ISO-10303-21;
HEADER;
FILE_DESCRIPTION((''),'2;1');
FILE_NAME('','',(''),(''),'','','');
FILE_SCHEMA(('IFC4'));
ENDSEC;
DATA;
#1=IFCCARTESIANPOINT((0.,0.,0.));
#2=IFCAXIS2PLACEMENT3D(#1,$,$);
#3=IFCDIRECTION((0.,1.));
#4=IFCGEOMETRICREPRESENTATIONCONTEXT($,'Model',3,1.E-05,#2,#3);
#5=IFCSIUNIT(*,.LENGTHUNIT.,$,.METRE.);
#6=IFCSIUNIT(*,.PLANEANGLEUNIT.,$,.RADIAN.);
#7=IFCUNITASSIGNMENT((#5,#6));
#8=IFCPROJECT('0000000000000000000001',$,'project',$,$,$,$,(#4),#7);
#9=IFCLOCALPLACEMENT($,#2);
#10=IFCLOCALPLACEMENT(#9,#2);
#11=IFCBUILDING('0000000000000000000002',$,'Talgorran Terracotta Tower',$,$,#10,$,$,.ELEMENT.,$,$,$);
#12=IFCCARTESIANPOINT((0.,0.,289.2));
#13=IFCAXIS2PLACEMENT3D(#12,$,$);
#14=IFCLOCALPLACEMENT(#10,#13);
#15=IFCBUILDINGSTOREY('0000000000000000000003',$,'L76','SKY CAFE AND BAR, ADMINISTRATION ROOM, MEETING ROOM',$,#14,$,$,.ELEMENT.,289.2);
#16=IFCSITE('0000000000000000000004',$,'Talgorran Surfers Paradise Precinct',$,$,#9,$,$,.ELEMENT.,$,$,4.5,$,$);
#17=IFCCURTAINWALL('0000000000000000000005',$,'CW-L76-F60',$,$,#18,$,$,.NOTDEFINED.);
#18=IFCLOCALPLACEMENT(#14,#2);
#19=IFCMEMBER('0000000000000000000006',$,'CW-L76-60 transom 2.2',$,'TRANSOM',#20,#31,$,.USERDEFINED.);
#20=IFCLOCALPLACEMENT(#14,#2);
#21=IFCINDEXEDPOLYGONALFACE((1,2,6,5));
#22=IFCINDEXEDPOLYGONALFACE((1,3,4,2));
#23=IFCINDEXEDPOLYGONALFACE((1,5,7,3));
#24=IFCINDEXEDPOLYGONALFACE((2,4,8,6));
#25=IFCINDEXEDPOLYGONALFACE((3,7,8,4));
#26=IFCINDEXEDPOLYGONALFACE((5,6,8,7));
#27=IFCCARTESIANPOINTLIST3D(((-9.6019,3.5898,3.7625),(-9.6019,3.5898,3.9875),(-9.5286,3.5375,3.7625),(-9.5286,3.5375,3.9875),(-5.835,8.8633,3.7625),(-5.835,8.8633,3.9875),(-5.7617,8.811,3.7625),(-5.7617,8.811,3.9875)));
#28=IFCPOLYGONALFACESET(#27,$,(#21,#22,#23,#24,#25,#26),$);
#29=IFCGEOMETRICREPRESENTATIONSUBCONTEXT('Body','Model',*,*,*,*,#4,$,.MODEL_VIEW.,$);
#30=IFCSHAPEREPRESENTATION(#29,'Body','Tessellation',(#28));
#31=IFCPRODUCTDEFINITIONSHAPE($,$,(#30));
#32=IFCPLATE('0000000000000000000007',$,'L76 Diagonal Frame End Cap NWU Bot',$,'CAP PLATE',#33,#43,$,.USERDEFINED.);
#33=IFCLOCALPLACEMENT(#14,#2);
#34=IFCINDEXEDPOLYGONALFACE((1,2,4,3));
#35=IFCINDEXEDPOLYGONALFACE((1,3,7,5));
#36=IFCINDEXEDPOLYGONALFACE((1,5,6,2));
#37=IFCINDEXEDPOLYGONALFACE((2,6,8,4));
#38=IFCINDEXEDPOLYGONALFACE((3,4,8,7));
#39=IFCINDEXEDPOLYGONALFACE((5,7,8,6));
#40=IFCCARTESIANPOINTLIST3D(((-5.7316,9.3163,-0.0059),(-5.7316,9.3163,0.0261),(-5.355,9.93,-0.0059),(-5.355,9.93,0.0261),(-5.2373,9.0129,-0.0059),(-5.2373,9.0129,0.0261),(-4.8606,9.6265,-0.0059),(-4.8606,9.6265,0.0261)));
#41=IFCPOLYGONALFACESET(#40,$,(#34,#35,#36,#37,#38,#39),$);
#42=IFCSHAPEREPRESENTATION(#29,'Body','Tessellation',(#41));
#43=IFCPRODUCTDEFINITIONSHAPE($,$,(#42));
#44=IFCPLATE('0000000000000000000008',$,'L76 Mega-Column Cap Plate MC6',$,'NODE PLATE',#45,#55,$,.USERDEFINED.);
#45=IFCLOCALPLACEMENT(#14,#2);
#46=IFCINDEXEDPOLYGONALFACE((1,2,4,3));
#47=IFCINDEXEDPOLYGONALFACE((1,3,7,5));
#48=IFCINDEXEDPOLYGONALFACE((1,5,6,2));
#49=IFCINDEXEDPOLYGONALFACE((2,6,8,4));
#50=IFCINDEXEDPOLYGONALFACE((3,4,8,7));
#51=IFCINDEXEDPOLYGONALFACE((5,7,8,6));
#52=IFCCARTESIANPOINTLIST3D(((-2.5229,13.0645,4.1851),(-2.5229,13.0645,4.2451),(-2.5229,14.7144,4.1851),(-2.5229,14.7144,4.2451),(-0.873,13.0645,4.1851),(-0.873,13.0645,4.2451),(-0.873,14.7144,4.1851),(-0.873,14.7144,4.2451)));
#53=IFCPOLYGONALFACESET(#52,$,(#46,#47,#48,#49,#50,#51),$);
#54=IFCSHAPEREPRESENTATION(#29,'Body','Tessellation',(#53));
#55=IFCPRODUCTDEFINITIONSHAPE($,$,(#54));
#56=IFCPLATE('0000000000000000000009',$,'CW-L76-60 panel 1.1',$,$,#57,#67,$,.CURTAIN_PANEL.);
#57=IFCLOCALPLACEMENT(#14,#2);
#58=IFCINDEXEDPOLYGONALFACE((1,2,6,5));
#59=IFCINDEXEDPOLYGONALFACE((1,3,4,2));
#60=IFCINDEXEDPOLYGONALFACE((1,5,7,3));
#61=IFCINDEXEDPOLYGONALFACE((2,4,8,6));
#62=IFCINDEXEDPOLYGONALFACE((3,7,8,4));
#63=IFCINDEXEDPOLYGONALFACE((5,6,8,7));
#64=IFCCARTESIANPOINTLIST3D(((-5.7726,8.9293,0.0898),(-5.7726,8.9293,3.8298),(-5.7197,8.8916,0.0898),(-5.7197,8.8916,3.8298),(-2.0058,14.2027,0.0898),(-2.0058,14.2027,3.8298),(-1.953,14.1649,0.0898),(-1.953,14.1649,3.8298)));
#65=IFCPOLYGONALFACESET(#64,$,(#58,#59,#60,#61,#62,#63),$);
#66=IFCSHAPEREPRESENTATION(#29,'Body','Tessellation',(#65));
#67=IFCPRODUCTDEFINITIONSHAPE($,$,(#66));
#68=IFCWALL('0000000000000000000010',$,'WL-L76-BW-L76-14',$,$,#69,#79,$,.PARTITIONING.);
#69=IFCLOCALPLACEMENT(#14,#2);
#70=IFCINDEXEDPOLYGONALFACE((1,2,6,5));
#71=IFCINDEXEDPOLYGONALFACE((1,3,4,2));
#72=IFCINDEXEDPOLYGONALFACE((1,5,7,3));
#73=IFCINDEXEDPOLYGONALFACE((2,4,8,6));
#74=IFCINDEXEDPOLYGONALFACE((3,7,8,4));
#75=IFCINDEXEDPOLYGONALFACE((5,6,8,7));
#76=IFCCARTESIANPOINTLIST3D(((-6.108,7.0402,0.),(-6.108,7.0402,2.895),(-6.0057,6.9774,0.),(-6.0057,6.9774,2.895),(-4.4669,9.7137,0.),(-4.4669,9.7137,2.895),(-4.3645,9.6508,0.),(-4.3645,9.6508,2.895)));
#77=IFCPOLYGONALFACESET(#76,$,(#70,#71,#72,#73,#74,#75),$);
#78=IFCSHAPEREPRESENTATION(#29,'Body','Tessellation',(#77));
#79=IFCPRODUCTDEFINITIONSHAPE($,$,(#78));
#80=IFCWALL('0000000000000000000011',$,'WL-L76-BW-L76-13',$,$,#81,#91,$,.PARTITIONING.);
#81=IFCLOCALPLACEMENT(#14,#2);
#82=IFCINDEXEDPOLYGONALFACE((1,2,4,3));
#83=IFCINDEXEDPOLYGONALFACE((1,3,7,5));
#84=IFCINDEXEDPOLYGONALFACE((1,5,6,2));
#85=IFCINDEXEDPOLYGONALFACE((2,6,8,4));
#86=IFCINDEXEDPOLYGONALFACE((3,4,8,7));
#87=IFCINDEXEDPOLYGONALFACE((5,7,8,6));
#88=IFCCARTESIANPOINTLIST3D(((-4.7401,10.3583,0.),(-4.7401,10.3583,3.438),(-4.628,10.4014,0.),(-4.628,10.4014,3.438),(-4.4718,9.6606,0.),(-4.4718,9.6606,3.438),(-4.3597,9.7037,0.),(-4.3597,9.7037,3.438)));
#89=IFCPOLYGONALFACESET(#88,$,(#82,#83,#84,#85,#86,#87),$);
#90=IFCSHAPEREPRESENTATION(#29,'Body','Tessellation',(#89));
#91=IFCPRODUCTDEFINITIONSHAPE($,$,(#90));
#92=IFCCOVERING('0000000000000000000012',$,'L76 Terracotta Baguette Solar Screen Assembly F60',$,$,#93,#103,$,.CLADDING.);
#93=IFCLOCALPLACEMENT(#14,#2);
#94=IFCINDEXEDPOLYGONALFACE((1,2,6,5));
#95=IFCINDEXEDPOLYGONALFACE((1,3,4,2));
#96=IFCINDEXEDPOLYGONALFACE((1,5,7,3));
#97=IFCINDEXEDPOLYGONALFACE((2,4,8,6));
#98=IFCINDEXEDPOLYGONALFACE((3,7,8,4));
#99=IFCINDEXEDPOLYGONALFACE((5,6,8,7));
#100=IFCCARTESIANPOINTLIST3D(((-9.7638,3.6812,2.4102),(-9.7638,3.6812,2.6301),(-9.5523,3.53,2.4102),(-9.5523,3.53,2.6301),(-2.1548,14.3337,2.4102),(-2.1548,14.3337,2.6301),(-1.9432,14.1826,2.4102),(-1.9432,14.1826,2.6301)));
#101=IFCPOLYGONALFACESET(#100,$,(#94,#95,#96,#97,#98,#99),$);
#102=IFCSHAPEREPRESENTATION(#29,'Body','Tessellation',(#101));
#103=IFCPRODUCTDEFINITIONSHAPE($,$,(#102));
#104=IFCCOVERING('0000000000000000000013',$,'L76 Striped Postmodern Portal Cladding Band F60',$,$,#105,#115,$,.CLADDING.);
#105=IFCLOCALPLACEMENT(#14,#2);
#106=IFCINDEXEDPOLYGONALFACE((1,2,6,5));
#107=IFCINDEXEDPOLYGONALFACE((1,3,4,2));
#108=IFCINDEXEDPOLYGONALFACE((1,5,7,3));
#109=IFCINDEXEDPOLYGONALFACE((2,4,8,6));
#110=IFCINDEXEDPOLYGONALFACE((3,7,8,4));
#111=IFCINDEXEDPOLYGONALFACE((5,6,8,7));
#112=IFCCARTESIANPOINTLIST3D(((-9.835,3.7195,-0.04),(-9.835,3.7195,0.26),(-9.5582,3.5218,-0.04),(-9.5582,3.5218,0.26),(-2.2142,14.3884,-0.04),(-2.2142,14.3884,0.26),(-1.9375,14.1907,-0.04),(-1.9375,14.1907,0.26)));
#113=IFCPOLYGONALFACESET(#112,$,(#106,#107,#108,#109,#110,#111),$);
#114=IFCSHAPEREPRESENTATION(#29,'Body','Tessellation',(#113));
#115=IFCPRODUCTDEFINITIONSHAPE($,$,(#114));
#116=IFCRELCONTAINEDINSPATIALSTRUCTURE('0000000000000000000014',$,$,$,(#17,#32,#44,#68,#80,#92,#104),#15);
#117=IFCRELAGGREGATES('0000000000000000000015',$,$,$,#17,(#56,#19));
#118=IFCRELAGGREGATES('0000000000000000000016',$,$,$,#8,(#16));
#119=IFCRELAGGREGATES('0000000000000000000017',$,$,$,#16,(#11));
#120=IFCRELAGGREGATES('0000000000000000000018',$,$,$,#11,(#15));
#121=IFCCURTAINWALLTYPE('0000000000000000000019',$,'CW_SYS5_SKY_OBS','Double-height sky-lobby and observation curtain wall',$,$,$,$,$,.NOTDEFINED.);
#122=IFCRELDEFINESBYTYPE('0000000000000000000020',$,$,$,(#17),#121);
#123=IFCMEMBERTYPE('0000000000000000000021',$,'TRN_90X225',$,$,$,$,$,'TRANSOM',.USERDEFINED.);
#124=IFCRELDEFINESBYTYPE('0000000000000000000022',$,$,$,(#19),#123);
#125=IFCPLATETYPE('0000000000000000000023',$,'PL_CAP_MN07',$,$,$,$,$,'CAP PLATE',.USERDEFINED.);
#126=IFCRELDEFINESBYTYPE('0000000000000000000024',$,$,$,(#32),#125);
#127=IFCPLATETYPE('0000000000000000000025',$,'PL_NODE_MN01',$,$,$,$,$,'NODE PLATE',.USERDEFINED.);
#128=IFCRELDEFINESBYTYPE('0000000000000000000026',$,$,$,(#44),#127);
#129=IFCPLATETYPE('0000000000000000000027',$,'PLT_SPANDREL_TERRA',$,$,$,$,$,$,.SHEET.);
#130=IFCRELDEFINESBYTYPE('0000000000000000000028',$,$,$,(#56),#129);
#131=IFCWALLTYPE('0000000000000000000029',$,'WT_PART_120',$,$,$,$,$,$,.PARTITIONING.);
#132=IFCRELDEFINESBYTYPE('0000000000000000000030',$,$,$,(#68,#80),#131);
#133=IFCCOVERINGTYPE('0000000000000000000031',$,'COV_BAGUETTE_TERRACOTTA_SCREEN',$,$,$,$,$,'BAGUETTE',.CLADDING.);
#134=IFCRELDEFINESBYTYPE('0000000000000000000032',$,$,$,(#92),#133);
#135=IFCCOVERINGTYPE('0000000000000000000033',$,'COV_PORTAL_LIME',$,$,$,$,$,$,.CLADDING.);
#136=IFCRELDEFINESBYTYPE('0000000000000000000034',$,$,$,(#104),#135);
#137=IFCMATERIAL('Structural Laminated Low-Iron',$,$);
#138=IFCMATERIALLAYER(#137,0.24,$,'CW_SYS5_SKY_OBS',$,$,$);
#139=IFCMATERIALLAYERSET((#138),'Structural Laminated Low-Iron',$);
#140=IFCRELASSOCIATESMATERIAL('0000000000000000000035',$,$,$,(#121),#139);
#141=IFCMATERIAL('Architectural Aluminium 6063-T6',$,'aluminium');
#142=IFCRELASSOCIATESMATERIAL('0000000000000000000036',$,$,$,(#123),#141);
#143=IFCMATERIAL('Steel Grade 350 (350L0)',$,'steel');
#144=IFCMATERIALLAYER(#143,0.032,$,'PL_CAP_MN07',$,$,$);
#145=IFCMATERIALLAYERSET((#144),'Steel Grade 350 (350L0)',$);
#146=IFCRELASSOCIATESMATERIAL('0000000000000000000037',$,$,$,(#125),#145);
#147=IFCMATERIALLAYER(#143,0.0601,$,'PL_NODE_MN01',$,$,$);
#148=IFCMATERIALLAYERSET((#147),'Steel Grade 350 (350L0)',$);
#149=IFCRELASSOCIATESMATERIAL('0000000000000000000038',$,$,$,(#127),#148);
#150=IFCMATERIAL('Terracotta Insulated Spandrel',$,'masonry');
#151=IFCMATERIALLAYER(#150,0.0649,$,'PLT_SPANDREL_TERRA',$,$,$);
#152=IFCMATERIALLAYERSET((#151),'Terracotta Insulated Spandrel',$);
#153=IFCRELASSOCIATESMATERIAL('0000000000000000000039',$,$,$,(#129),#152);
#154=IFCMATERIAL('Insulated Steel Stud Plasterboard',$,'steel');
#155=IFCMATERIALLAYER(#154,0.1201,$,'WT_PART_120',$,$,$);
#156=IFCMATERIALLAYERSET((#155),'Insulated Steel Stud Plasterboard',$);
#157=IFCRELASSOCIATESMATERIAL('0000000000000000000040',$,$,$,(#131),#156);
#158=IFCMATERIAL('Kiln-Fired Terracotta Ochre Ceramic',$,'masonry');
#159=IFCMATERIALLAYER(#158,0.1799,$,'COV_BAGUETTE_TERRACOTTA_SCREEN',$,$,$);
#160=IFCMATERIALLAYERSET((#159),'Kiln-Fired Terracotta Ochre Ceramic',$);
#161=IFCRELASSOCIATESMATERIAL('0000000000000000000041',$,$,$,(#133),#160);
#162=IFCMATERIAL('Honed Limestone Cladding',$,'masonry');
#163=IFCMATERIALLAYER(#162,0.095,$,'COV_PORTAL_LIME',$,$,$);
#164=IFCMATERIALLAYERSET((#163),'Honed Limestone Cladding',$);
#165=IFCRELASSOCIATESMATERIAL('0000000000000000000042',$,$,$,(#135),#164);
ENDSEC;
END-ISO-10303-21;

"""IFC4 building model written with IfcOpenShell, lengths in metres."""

from ifc_helpers import new_model, si_unit, direction, frame, frame_2d, origin, origin_2d, place, context, subcontext, project, spatial, rectangle, extrude, source, transform, mapped, material, layer, layer_set, material_profile, profile_set, type_object, type_shapes, element, aggregate, save


model = new_model("IFC4")

# Units and contexts
model_context = context("Model", 3, precision=1e-05, world=origin(), true_north=direction((0.0, 1.0)))
body_context = subcontext(model_context, "Body", "Model", "MODEL_VIEW")
ifc_project = project(units=[si_unit("LENGTHUNIT", "METRE"), si_unit("PLANEANGLEUNIT", "RADIAN")], contexts=[model_context])

# Site, building, storey
site_placement = place(None, origin())
site = spatial("IfcSite", under=ifc_project, at=site_placement, Name="Talgorran Surfers Paradise Precinct", CompositionType="ELEMENT", RefElevation=4.5)
building_placement = place(site_placement, origin())
building = spatial("IfcBuilding", under=site, at=building_placement, Name="Talgorran Terracotta Tower", CompositionType="ELEMENT")
storey_placement = place(building_placement, frame((0.0, 0.0, 289.2)))
storey = spatial("IfcBuildingStorey", under=building, at=storey_placement, Name="L76", Description="SKY CAFE AND BAR, ADMINISTRATION ROOM, MEETING ROOM", CompositionType="ELEMENT", Elevation=289.2)

# Shared definitions
ifc_material_1 = material(Name="Steel Grade 350 (350L0)", Category="steel")

# Shared definitions
ifc_material_2 = material(Name="Structural Laminated Low-Iron")
ifc_layer_1 = layer(ifc_material_2, 0.24, Name="CW_SYS5_SKY_OBS")
ifc_layer_set_1 = layer_set([ifc_layer_1], Name="Structural Laminated Low-Iron")
curtain_wall_type = type_object("IfcCurtainWallType", Name="CW_SYS5_SKY_OBS", Description="Double-height sky-lobby and observation curtain wall", PredefinedType="NOTDEFINED", material=ifc_layer_set_1)
ifc_material_3 = material(Name="Architectural Aluminium 6063-T6", Category="aluminium")

# Curtain wall, member
curtain_wall_1_placement = place(storey_placement, origin())
curtain_wall_1 = element("IfcCurtainWall", 1, at=curtain_wall_1_placement, inside=storey, type_object=curtain_wall_type, Name="CW-L76-F60", PredefinedType="NOTDEFINED")
ifc_material_profile_1 = material_profile(ifc_material_3, rectangle(XDim=0.0901, YDim=0.2251, at=origin_2d()), Name="CWT90X225")
ifc_profile_set_1 = profile_set([ifc_material_profile_1], Name="Architectural Aluminium 6063-T6")
member_type_1 = type_object("IfcMemberType", Name="TRN_90X225", ElementType="TRANSOM", PredefinedType="USERDEFINED", material=ifc_profile_set_1)
member_1_placement = place(storey_placement, frame((-5.7983, 8.8372, 3.875), z_axis=(-0.581249, -0.813726, 0.0), x_axis=(0.813726, -0.581249, 0.0)))
member_1 = element("IfcMember", 2, at=member_1_placement, type_object=member_type_1, Name="CW-L76-60 transom 2.2", ObjectType="TRANSOM", PredefinedType="USERDEFINED", context=body_context, shape_type="SweptSolid", body=[
    extrude(rectangle(XDim=0.0901, YDim=0.2251, at=origin_2d()), origin(), (0.0, 0.0, 1.0), 6.4807),
])

# Plates
ifc_layer_2 = layer(ifc_material_1, 0.032, Name="PL_CAP_MN07")
ifc_layer_set_2 = layer_set([ifc_layer_2], Name="Steel Grade 350 (350L0)")
plate_type_1 = type_object("IfcPlateType", Name="PL_CAP_MN07", ElementType="CAP PLATE", PredefinedType="USERDEFINED", material=ifc_layer_set_2)
plate_1_placement = place(storey_placement, frame((-5.2961, 9.4714, -0.0059), z_axis=(0.0, 0.0, 1.0), x_axis=(-0.523094, -0.852275, 0.0)))
element("IfcPlate", 3, at=plate_1_placement, inside=storey, type_object=plate_type_1, Name="L76 Diagonal Frame End Cap NWU Bot", ObjectType="CAP PLATE", PredefinedType="USERDEFINED", context=body_context, shape_type="SweptSolid", body=[
    extrude(rectangle(XDim=0.72, YDim=0.5801, at=origin_2d()), origin(), (0.0, 0.0, 1.0), 0.032),
])
ifc_layer_3 = layer(ifc_material_1, 0.0601, Name="PL_NODE_MN01")
ifc_layer_set_3 = layer_set([ifc_layer_3], Name="Steel Grade 350 (350L0)")
plate_type_2 = type_object("IfcPlateType", Name="PL_NODE_MN01", ElementType="NODE PLATE", PredefinedType="USERDEFINED", material=ifc_layer_set_3)
plate_2_placement = place(storey_placement, frame((-1.698, 13.8894, 4.1851), z_axis=(0.0, 0.0, 1.0), x_axis=(1.0, 0.0, 0.0)))
element("IfcPlate", 4, at=plate_2_placement, inside=storey, type_object=plate_type_2, Name="L76 Mega-Column Cap Plate MC6", ObjectType="NODE PLATE", PredefinedType="USERDEFINED", context=body_context, shape_type="SweptSolid", body=[
    extrude(rectangle(XDim=1.6499, YDim=1.6499, at=origin_2d()), origin(), (0.0, 0.0, 1.0), 0.0601),
])

# Plate
ifc_material_4 = material(Name="Terracotta Insulated Spandrel", Category="masonry")
ifc_layer_4 = layer(ifc_material_4, 0.0649, Name="PLT_SPANDREL_TERRA")
ifc_layer_set_4 = layer_set([ifc_layer_4], Name="Terracotta Insulated Spandrel")
plate_type_3 = type_object("IfcPlateType", Name="PLT_SPANDREL_TERRA", PredefinedType="SHEET", material=ifc_layer_set_4)
shared_shape = source(origin(), body_context, "Body", "SweptSolid", [
    extrude(rectangle(XDim=6.4805, YDim=0.0649, at=origin_2d()), origin(), (0.0, 0.0, 1.0), 3.74),
])
type_shapes(plate_type_3, [shared_shape])
plate_3_placement = place(storey_placement, frame((-3.8628, 11.5471, 0.0898), z_axis=(0.0, 0.0, 1.0), x_axis=(-0.581245, -0.813728, 0.0)))
plate_3 = element("IfcPlate", 5, at=plate_3_placement, type_object=plate_type_3, Name="CW-L76-60 panel 1.1", PredefinedType="CURTAIN_PANEL", context=body_context, shape_type="MappedRepresentation", body=[
    mapped(shared_shape, transform((0.0, 0.0, 0.0), scale=1.0)),
])
aggregate(curtain_wall_1, [plate_3, member_1])

# Walls
ifc_material_5 = material(Name="Insulated Steel Stud Plasterboard", Category="steel")
ifc_layer_5 = layer(ifc_material_5, 0.1201, Name="WT_PART_120")
ifc_layer_set_5 = layer_set([ifc_layer_5], Name="Insulated Steel Stud Plasterboard")
wall_type = type_object("IfcWallType", Name="WT_PART_120", PredefinedType="PARTITIONING", material=ifc_layer_set_5)
wall_1_placement = place(storey_placement, frame((-4.4158, 9.6821, 0.0), z_axis=(0.0, 0.0, 1.0), x_axis=(-0.523168, -0.85223, 0.0)))
element("IfcWall", 6, at=wall_1_placement, inside=storey, type_object=wall_type, Name="WL-L76-BW-L76-14", PredefinedType="PARTITIONING", context=body_context, shape_type="SweptSolid", body=[
    extrude(rectangle(XDim=3.137, YDim=0.1201, at=frame_2d((1.5684, 0.0))), origin(), (0.0, 0.0, 1.0), 2.895),
])
wall_2_placement = place(storey_placement, frame((-4.6841, 10.3799, 0.0), z_axis=(0.0, 0.0, 1.0), x_axis=(0.358913, -0.933371, 0.0)))
element("IfcWall", 7, at=wall_2_placement, inside=storey, type_object=wall_type, Name="WL-L76-BW-L76-13", PredefinedType="PARTITIONING", context=body_context, shape_type="SweptSolid", body=[
    extrude(rectangle(XDim=0.7476, YDim=0.1201, at=frame_2d((0.3738, 0.0))), origin(), (0.0, 0.0, 1.0), 3.438),
])

# Coverings
ifc_material_6 = material(Name="Kiln-Fired Terracotta Ochre Ceramic", Category="masonry")
ifc_layer_6 = layer(ifc_material_6, 0.1799, Name="COV_BAGUETTE_TERRACOTTA_SCREEN")
ifc_layer_set_6 = layer_set([ifc_layer_6], Name="Kiln-Fired Terracotta Ochre Ceramic")
covering_type_1 = type_object("IfcCoveringType", Name="COV_BAGUETTE_TERRACOTTA_SCREEN", ElementType="BAGUETTE", PredefinedType="CLADDING", material=ifc_layer_set_6)
covering_1_placement = place(storey_placement, frame((-5.8535, 8.9319, 2.4102), z_axis=(0.0, 0.0, 1.0), x_axis=(-0.581243, -0.81373, 0.0)))
element("IfcCovering", 8, at=covering_1_placement, inside=storey, type_object=covering_type_1, Name="L76 Terracotta Baguette Solar Screen Assembly F60", PredefinedType="CLADDING", context=body_context, shape_type="SweptSolid", body=[
    extrude(rectangle(XDim=13.0911, YDim=0.26, at=origin_2d()), origin(), (0.0, 0.0, 1.0), 0.22),
])
ifc_material_7 = material(Name="Honed Limestone Cladding", Category="masonry")
ifc_layer_7 = layer(ifc_material_7, 0.095, Name="COV_PORTAL_LIME")
ifc_layer_set_7 = layer_set([ifc_layer_7], Name="Honed Limestone Cladding")
covering_type_2 = type_object("IfcCoveringType", Name="COV_PORTAL_LIME", PredefinedType="CLADDING", material=ifc_layer_set_7)
covering_2_placement = place(storey_placement, frame((-5.8862, 8.9551, -0.04), z_axis=(0.0, 0.0, 1.0), x_axis=(-0.581243, -0.81373, 0.0)))
element("IfcCovering", 9, at=covering_2_placement, inside=storey, type_object=covering_type_2, Name="L76 Striped Postmodern Portal Cladding Band F60", PredefinedType="CLADDING", context=body_context, shape_type="SweptSolid", body=[
    extrude(rectangle(XDim=13.1111, YDim=0.3401, at=origin_2d()), origin(), (0.0, 0.0, 1.0), 0.3),
])

save(model, "model.ifc")
